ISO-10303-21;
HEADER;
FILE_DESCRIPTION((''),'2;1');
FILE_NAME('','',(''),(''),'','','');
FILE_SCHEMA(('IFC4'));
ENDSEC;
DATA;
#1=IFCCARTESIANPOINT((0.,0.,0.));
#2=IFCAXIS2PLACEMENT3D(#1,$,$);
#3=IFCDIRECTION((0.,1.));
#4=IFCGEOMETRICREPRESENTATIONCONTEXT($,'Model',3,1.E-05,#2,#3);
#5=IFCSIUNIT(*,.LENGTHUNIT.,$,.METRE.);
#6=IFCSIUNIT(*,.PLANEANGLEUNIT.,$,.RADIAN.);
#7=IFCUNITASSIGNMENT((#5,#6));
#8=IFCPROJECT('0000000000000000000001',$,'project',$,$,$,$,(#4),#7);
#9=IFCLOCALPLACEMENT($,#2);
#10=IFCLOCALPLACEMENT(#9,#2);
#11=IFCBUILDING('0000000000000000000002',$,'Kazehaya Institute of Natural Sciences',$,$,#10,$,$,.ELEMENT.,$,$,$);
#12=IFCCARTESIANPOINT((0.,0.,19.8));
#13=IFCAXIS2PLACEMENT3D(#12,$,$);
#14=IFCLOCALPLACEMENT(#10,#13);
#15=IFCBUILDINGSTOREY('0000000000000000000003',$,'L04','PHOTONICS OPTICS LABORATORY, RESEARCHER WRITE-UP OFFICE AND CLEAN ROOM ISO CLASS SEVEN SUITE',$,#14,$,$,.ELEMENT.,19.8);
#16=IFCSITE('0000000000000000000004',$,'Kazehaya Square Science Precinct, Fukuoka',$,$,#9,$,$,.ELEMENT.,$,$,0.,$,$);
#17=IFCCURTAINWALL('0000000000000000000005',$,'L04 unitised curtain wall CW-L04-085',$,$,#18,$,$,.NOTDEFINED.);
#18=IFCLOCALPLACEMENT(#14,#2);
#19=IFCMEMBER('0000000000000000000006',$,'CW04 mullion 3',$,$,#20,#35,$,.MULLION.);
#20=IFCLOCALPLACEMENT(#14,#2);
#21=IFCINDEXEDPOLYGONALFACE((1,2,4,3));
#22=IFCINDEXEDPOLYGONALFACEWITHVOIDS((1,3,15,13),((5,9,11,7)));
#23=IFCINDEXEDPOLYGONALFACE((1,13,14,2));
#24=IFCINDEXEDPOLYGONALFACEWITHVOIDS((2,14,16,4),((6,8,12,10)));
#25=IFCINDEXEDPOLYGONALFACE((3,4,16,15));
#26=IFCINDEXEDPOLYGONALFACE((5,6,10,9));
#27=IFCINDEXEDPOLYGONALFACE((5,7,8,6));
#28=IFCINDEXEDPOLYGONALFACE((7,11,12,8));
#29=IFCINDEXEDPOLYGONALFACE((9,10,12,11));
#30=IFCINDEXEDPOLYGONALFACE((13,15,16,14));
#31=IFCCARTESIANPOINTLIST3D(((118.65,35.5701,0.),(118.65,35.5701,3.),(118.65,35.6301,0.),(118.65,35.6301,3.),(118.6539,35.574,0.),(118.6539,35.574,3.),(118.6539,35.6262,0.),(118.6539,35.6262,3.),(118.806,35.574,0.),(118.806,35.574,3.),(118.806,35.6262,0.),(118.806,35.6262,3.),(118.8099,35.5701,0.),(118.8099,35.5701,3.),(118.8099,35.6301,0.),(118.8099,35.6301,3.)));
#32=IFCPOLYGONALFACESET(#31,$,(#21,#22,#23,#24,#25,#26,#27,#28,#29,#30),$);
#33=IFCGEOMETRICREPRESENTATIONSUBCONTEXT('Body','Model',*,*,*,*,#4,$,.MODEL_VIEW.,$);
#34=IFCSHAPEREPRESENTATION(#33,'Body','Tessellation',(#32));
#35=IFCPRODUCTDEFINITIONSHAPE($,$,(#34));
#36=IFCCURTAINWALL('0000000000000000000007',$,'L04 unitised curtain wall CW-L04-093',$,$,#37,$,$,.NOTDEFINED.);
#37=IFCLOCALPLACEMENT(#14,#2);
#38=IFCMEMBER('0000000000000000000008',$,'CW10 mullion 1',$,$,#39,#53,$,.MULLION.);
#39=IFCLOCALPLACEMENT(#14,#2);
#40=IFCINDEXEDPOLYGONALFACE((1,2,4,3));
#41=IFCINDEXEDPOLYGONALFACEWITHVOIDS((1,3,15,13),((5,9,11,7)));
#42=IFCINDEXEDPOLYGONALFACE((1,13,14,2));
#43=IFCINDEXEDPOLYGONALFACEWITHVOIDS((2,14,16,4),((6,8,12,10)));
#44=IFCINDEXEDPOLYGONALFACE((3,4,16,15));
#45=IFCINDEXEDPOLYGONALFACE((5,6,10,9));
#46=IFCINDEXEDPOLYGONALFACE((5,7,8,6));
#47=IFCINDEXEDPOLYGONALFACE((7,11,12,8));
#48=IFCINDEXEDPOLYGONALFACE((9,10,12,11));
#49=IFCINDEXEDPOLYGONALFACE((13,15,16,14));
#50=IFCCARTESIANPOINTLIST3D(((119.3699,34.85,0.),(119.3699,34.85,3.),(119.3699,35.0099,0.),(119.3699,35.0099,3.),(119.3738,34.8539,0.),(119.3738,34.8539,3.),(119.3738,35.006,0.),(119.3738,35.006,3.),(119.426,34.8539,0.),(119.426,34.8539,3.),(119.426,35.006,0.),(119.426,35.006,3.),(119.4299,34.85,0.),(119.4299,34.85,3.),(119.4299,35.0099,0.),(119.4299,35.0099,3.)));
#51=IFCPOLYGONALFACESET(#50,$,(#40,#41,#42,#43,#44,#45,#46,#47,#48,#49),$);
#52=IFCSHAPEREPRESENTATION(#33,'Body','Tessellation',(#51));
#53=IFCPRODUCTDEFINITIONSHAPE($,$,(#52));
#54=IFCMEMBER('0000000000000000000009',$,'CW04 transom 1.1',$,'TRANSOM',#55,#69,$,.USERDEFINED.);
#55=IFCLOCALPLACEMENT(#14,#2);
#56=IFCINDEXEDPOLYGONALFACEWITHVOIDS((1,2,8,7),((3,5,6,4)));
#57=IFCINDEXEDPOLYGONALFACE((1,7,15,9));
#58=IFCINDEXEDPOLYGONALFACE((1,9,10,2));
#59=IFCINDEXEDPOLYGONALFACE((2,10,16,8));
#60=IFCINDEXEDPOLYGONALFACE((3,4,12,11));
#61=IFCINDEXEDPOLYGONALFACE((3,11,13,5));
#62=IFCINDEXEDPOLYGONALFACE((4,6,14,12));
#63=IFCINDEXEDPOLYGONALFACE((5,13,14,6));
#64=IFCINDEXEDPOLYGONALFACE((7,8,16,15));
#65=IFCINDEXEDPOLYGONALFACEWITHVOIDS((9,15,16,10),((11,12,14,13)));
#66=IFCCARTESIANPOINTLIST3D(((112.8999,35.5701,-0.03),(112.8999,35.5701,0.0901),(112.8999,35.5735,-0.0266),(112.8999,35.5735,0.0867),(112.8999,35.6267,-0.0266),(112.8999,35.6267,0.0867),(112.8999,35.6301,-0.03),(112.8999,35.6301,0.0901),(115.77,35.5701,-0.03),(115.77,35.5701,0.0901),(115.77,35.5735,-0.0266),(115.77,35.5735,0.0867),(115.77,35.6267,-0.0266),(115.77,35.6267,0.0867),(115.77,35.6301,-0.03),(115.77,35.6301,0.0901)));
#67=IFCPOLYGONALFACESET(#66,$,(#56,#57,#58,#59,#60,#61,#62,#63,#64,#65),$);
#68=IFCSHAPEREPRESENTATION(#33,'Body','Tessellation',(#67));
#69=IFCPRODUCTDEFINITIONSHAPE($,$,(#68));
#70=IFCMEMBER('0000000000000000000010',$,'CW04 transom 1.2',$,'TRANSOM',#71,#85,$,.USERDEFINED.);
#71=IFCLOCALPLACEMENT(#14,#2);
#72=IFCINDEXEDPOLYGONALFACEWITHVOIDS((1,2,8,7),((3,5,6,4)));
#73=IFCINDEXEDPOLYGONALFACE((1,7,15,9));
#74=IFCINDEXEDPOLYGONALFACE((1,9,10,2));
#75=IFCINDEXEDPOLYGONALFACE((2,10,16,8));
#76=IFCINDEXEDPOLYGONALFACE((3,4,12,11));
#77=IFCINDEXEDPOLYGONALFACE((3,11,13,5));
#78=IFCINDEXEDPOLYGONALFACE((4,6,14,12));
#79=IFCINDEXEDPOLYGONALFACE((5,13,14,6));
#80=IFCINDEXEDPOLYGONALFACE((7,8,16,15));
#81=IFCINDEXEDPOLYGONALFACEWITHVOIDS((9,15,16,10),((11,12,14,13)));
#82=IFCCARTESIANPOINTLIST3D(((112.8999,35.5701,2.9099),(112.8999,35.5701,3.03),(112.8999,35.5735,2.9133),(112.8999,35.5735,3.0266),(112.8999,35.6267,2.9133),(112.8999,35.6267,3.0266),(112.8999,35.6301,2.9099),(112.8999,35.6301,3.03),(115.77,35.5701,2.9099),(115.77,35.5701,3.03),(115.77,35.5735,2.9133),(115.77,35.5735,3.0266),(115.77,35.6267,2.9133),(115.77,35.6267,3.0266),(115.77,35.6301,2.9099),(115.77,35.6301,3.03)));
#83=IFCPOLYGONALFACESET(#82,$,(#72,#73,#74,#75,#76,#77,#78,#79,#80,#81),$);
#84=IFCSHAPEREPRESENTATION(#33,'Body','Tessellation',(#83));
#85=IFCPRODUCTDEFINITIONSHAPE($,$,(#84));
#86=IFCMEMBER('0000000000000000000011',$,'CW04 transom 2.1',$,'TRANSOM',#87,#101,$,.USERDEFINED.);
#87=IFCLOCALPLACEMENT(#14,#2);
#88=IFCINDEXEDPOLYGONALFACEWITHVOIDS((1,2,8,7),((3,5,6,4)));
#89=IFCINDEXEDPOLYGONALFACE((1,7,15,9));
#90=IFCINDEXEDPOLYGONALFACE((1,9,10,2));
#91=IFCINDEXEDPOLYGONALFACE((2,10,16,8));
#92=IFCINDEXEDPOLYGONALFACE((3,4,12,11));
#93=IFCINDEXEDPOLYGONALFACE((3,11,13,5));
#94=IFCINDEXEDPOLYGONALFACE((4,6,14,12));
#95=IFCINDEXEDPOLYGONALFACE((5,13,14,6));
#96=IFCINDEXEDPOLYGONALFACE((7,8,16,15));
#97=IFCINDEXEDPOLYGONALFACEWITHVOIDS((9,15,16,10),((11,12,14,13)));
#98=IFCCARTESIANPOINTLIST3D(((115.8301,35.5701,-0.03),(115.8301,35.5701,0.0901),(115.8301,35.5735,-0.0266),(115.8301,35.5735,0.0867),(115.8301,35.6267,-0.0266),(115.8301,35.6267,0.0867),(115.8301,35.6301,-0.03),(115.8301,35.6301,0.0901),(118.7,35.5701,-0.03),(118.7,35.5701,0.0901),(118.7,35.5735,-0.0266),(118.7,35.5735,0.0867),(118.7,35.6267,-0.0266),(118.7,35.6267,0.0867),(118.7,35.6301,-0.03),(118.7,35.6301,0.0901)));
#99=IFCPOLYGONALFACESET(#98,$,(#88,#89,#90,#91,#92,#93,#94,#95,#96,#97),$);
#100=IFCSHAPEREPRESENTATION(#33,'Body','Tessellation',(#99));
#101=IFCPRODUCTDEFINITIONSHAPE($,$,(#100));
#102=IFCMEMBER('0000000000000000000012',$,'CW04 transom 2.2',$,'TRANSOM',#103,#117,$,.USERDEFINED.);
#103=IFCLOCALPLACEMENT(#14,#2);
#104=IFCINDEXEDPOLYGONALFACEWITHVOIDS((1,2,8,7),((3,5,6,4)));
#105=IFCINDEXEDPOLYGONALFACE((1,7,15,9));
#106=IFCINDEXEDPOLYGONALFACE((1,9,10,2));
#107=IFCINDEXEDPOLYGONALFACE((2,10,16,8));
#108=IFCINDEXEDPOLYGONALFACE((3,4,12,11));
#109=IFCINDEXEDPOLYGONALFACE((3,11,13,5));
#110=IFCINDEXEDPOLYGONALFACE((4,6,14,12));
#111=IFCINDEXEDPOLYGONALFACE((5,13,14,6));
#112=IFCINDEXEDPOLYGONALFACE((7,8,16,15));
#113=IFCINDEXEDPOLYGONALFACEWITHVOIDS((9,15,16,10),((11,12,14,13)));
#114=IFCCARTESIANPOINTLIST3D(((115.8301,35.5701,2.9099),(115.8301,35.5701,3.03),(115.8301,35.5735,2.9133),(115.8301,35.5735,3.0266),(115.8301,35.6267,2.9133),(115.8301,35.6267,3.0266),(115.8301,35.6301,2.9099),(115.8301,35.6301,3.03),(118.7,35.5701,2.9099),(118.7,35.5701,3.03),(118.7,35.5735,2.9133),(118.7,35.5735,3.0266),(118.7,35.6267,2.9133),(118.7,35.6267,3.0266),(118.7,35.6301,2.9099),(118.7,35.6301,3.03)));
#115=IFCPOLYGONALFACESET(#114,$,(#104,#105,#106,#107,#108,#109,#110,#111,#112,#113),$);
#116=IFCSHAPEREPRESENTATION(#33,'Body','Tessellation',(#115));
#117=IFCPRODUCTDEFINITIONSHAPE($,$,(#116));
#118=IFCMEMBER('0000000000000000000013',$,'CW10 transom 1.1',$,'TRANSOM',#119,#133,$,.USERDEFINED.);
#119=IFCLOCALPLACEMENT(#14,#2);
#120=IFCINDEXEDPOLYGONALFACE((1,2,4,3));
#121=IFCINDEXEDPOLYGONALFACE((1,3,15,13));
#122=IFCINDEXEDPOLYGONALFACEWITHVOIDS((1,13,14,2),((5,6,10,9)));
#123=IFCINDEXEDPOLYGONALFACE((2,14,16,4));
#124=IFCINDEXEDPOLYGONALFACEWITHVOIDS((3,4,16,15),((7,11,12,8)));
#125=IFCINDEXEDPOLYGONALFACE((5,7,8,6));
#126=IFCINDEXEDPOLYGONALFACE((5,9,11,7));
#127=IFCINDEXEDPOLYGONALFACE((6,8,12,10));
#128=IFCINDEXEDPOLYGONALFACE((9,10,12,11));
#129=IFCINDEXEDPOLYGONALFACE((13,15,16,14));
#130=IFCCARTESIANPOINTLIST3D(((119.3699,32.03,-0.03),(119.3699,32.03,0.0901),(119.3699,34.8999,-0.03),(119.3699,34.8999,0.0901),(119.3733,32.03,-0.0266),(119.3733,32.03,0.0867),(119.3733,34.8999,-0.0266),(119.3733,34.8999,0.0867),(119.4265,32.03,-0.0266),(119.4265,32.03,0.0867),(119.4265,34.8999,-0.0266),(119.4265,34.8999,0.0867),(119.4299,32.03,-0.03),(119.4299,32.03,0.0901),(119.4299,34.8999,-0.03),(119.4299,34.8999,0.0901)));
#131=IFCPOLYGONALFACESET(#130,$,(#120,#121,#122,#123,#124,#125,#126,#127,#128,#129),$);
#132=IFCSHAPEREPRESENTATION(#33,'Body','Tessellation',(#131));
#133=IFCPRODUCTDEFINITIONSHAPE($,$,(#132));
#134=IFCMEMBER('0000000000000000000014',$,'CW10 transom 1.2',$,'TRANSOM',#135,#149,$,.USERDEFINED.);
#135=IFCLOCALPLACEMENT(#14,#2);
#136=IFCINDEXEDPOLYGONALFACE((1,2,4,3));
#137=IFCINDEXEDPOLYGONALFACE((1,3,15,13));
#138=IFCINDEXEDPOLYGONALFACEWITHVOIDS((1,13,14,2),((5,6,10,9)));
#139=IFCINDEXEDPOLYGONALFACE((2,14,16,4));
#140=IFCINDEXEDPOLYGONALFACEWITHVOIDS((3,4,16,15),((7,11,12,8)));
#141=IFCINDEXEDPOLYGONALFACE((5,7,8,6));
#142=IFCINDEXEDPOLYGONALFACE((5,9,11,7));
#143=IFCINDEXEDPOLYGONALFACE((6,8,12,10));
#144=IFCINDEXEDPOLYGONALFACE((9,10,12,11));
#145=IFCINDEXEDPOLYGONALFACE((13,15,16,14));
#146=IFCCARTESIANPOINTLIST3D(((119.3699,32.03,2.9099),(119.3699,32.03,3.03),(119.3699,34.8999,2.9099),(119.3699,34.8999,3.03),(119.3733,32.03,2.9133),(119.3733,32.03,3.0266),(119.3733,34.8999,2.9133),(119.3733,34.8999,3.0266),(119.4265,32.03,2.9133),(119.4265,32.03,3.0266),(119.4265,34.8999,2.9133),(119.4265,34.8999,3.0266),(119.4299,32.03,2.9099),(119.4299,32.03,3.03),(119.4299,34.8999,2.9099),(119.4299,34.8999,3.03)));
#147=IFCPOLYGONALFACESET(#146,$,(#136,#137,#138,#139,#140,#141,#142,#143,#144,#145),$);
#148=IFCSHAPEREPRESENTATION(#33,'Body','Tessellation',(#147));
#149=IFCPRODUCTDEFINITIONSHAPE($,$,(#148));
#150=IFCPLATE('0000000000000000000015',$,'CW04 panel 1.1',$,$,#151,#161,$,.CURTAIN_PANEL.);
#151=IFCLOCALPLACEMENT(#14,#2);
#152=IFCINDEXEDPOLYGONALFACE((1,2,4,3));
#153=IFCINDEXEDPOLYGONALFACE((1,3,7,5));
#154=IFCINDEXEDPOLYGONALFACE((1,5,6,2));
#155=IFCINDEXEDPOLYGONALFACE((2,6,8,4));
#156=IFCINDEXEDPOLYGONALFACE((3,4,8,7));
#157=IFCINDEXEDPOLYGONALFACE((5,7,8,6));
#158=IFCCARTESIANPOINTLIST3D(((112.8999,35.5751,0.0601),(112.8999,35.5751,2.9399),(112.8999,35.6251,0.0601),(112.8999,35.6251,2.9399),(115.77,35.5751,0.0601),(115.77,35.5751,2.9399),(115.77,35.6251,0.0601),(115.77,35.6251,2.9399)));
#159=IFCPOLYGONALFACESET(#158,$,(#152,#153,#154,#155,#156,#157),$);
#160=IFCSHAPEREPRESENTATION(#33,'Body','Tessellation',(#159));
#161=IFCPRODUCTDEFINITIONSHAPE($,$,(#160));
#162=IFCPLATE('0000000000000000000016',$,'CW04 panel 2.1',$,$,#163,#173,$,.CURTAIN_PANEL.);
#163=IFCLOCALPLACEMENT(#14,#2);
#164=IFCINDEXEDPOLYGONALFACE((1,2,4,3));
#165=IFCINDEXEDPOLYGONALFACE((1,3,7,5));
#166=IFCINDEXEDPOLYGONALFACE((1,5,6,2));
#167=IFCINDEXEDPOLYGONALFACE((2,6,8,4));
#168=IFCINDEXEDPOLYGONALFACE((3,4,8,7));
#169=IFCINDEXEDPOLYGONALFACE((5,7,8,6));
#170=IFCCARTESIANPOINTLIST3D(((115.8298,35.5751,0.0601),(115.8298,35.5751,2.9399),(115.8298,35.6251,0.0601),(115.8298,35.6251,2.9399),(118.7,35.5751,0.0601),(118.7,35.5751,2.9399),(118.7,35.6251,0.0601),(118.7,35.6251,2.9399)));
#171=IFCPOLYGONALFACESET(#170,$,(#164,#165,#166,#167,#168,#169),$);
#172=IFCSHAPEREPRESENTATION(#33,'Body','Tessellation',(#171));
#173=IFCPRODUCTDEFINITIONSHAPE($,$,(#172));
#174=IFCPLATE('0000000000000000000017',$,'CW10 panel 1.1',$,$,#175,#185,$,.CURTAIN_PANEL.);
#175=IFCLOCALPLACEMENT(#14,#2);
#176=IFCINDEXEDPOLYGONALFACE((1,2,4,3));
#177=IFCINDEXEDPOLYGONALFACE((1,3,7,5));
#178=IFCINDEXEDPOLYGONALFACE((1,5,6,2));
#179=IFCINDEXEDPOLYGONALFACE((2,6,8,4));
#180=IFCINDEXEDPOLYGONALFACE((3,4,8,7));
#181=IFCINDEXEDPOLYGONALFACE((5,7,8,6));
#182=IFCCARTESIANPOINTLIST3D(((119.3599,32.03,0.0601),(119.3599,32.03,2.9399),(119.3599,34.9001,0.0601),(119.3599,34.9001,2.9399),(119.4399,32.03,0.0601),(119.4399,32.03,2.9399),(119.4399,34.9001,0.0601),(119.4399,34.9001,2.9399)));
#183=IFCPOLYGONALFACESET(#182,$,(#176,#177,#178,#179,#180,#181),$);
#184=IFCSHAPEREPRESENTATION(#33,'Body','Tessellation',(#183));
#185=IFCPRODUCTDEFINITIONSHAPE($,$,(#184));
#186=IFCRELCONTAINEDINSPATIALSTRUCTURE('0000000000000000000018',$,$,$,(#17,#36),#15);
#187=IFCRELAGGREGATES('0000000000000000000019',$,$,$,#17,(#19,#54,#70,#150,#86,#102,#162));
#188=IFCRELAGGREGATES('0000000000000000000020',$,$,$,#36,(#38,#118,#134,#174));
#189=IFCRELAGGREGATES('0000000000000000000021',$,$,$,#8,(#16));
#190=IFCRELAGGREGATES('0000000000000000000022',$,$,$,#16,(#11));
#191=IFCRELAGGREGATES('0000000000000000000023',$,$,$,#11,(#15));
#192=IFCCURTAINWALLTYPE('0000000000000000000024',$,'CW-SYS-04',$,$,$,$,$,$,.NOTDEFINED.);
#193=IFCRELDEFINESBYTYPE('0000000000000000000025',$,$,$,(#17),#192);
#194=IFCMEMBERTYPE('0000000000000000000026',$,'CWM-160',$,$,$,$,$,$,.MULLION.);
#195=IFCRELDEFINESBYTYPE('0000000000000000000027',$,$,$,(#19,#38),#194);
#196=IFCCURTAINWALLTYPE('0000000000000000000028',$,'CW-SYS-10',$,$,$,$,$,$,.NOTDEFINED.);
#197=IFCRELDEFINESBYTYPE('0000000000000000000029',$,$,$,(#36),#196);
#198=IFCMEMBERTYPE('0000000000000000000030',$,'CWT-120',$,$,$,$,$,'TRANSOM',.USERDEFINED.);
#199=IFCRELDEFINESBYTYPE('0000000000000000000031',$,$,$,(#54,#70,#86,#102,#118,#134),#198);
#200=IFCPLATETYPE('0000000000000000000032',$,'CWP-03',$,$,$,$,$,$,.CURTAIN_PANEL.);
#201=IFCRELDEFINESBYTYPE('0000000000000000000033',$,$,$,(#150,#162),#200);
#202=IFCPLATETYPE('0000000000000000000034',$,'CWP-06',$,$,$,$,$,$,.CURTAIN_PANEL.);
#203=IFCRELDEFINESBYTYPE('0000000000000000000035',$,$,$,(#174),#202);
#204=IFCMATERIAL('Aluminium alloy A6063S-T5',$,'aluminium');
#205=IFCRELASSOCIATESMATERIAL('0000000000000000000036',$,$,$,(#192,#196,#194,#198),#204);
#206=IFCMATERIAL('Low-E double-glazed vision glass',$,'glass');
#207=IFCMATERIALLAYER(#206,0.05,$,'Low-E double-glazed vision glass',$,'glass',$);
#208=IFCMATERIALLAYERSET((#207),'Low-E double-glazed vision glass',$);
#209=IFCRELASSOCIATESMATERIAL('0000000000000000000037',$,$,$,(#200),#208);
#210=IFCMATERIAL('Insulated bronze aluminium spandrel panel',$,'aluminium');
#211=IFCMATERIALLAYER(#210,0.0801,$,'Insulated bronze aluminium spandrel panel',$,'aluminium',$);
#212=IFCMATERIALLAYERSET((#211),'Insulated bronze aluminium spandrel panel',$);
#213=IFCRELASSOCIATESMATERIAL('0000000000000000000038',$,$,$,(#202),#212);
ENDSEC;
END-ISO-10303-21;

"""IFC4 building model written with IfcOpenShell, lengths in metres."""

from ifc_helpers import new_model, si_unit, direction, frame, origin, origin_2d, place, context, subcontext, project, spatial, rectangle, hollow_rectangle, extrude, material, layer, layer_set, material_profile, profile_set, type_object, element, aggregate, save


model = new_model("IFC4")

# Units and contexts
model_context = context("Model", 3, precision=1e-05, world=origin(), true_north=direction((0.0, 1.0)))
body_context = subcontext(model_context, "Body", "Model", "MODEL_VIEW")
ifc_project = project(units=[si_unit("LENGTHUNIT", "METRE"), si_unit("PLANEANGLEUNIT", "RADIAN")], contexts=[model_context])

# Site, building, storey
site_placement = place(None, origin())
site = spatial("IfcSite", under=ifc_project, at=site_placement, Name="Kazehaya Square Science Precinct, Fukuoka", CompositionType="ELEMENT", RefElevation=0.0)
building_placement = place(site_placement, origin())
building = spatial("IfcBuilding", under=site, at=building_placement, Name="Kazehaya Institute of Natural Sciences", CompositionType="ELEMENT")
storey_placement = place(building_placement, frame((0.0, 0.0, 19.8)))
storey = spatial("IfcBuildingStorey", under=building, at=storey_placement, Name="L04", Description="PHOTONICS OPTICS LABORATORY, RESEARCHER WRITE-UP OFFICE AND CLEAN ROOM ISO CLASS SEVEN SUITE", CompositionType="ELEMENT", Elevation=19.8)

# Curtain wall, member
ifc_material_1 = material(Name="Aluminium alloy A6063S-T5", Category="aluminium")
curtain_wall_type_1 = type_object("IfcCurtainWallType", Name="CW-SYS-04", PredefinedType="NOTDEFINED", material=ifc_material_1)
curtain_wall_1_placement = place(storey_placement, origin())
curtain_wall_1 = element("IfcCurtainWall", 1, at=curtain_wall_1_placement, inside=storey, type_object=curtain_wall_type_1, Name="L04 unitised curtain wall CW-L04-085", PredefinedType="NOTDEFINED")
ifc_material_profile_1 = material_profile(ifc_material_1, hollow_rectangle(XDim=0.0601, YDim=0.1599, WallThickness=0.0039, at=origin_2d()), Name="ALU-60x160x4")
ifc_profile_set_1 = profile_set([ifc_material_profile_1], Name="Aluminium alloy A6063S-T5")
member_type_1 = type_object("IfcMemberType", Name="CWM-160", PredefinedType="MULLION", material=ifc_profile_set_1)
member_1_placement = place(storey_placement, frame((118.73, 35.6001, 0.0), z_axis=(0.0, 0.0, 1.0), x_axis=(0.0, 1.0, 0.0)))
member_1 = element("IfcMember", 2, at=member_1_placement, type_object=member_type_1, Name="CW04 mullion 3", PredefinedType="MULLION", context=body_context, shape_type="SweptSolid", body=[
    extrude(hollow_rectangle(XDim=0.0601, YDim=0.1599, WallThickness=0.0039, at=origin_2d()), origin(), (0.0, 0.0, 1.0), 3.0),
])

# Curtain wall, member
curtain_wall_type_2 = type_object("IfcCurtainWallType", Name="CW-SYS-10", PredefinedType="NOTDEFINED", material=ifc_material_1)
curtain_wall_2_placement = place(storey_placement, origin())
curtain_wall_2 = element("IfcCurtainWall", 3, at=curtain_wall_2_placement, inside=storey, type_object=curtain_wall_type_2, Name="L04 unitised curtain wall CW-L04-093", PredefinedType="NOTDEFINED")
member_2_placement = place(storey_placement, frame((119.3999, 34.9299, 0.0), z_axis=(0.0, 0.0, 1.0), x_axis=(1.0, 0.0, 0.0)))
member_2 = element("IfcMember", 4, at=member_2_placement, type_object=member_type_1, Name="CW10 mullion 1", PredefinedType="MULLION", context=body_context, shape_type="SweptSolid", body=[
    extrude(hollow_rectangle(XDim=0.0601, YDim=0.1599, WallThickness=0.0039, at=origin_2d()), origin(), (0.0, 0.0, 1.0), 3.0),
])

# Members
ifc_material_profile_2 = material_profile(ifc_material_1, hollow_rectangle(XDim=0.0601, YDim=0.1201, WallThickness=0.0034, at=origin_2d()), Name="ALU-60x120x3.5")
ifc_profile_set_2 = profile_set([ifc_material_profile_2], Name="Aluminium alloy A6063S-T5")
member_type_2 = type_object("IfcMemberType", Name="CWT-120", ElementType="TRANSOM", PredefinedType="USERDEFINED", material=ifc_profile_set_2)
member_3_placement = place(storey_placement, frame((112.8999, 35.6001, 0.03), z_axis=(1.0, 0.0, 0.0), x_axis=(0.0, 1.0, 0.0)))
member_3 = element("IfcMember", 5, at=member_3_placement, type_object=member_type_2, Name="CW04 transom 1.1", ObjectType="TRANSOM", PredefinedType="USERDEFINED", context=body_context, shape_type="SweptSolid", body=[
    extrude(hollow_rectangle(XDim=0.0601, YDim=0.1201, WallThickness=0.0034, at=origin_2d()), origin(), (0.0, 0.0, 1.0), 2.8701),
])
member_4_placement = place(storey_placement, frame((112.8999, 35.6001, 2.97), z_axis=(1.0, 0.0, 0.0), x_axis=(0.0, 1.0, 0.0)))
member_4 = element("IfcMember", 6, at=member_4_placement, type_object=member_type_2, Name="CW04 transom 1.2", ObjectType="TRANSOM", PredefinedType="USERDEFINED", context=body_context, shape_type="SweptSolid", body=[
    extrude(hollow_rectangle(XDim=0.0601, YDim=0.1201, WallThickness=0.0034, at=origin_2d()), origin(), (0.0, 0.0, 1.0), 2.8701),
])
member_5_placement = place(storey_placement, frame((115.8301, 35.6001, 0.03), z_axis=(1.0, 0.0, 0.0), x_axis=(0.0, 1.0, 0.0)))
member_5 = element("IfcMember", 7, at=member_5_placement, type_object=member_type_2, Name="CW04 transom 2.1", ObjectType="TRANSOM", PredefinedType="USERDEFINED", context=body_context, shape_type="SweptSolid", body=[
    extrude(hollow_rectangle(XDim=0.0601, YDim=0.1201, WallThickness=0.0034, at=origin_2d()), origin(), (0.0, 0.0, 1.0), 2.8699),
])
member_6_placement = place(storey_placement, frame((115.8301, 35.6001, 2.97), z_axis=(1.0, 0.0, 0.0), x_axis=(0.0, 1.0, 0.0)))
member_6 = element("IfcMember", 8, at=member_6_placement, type_object=member_type_2, Name="CW04 transom 2.2", ObjectType="TRANSOM", PredefinedType="USERDEFINED", context=body_context, shape_type="SweptSolid", body=[
    extrude(hollow_rectangle(XDim=0.0601, YDim=0.1201, WallThickness=0.0034, at=origin_2d()), origin(), (0.0, 0.0, 1.0), 2.8699),
])
member_7_placement = place(storey_placement, frame((119.3999, 34.8999, 0.03), z_axis=(0.0, -1.0, 0.0), x_axis=(1.0, 0.0, 0.0)))
member_7 = element("IfcMember", 9, at=member_7_placement, type_object=member_type_2, Name="CW10 transom 1.1", ObjectType="TRANSOM", PredefinedType="USERDEFINED", context=body_context, shape_type="SweptSolid", body=[
    extrude(hollow_rectangle(XDim=0.0601, YDim=0.1201, WallThickness=0.0034, at=origin_2d()), origin(), (0.0, 0.0, 1.0), 2.8699),
])
member_8_placement = place(storey_placement, frame((119.3999, 34.8999, 2.97), z_axis=(0.0, -1.0, 0.0), x_axis=(1.0, 0.0, 0.0)))
member_8 = element("IfcMember", 10, at=member_8_placement, type_object=member_type_2, Name="CW10 transom 1.2", ObjectType="TRANSOM", PredefinedType="USERDEFINED", context=body_context, shape_type="SweptSolid", body=[
    extrude(hollow_rectangle(XDim=0.0601, YDim=0.1201, WallThickness=0.0034, at=origin_2d()), origin(), (0.0, 0.0, 1.0), 2.8699),
])

# Plates
ifc_material_2 = material(Name="Low-E double-glazed vision glass", Category="glass")
ifc_layer_1 = layer(ifc_material_2, 0.05, Name="Low-E double-glazed vision glass", Category="glass")
ifc_layer_set_1 = layer_set([ifc_layer_1], Name="Low-E double-glazed vision glass")
plate_type_1 = type_object("IfcPlateType", Name="CWP-03", PredefinedType="CURTAIN_PANEL", material=ifc_layer_set_1)
plate_1_placement = place(storey_placement, frame((114.335, 35.6001, 0.0601), z_axis=(0.0, 0.0, 1.0), x_axis=(1.0, 0.0, 0.0)))
plate_1 = element("IfcPlate", 11, at=plate_1_placement, type_object=plate_type_1, Name="CW04 panel 1.1", PredefinedType="CURTAIN_PANEL", context=body_context, shape_type="SweptSolid", body=[
    extrude(rectangle(XDim=2.8701, YDim=0.05, at=origin_2d()), origin(), (0.0, 0.0, 1.0), 2.8799),
])
plate_2_placement = place(storey_placement, frame((117.2649, 35.6001, 0.0601), z_axis=(0.0, 0.0, 1.0), x_axis=(1.0, 0.0, 0.0)))
plate_2 = element("IfcPlate", 12, at=plate_2_placement, type_object=plate_type_1, Name="CW04 panel 2.1", PredefinedType="CURTAIN_PANEL", context=body_context, shape_type="SweptSolid", body=[
    extrude(rectangle(XDim=2.8701, YDim=0.05, at=origin_2d()), origin(), (0.0, 0.0, 1.0), 2.8799),
])
aggregate(curtain_wall_1, [member_1, member_3, member_4, plate_1, member_5, member_6, plate_2])
ifc_material_3 = material(Name="Insulated bronze aluminium spandrel panel", Category="aluminium")
ifc_layer_2 = layer(ifc_material_3, 0.0801, Name="Insulated bronze aluminium spandrel panel", Category="aluminium")
ifc_layer_set_2 = layer_set([ifc_layer_2], Name="Insulated bronze aluminium spandrel panel")
plate_type_2 = type_object("IfcPlateType", Name="CWP-06", PredefinedType="CURTAIN_PANEL", material=ifc_layer_set_2)
plate_3_placement = place(storey_placement, frame((119.3999, 33.4651, 0.0601), z_axis=(0.0, 0.0, 1.0), x_axis=(0.0, -1.0, 0.0)))
plate_3 = element("IfcPlate", 13, at=plate_3_placement, type_object=plate_type_2, Name="CW10 panel 1.1", PredefinedType="CURTAIN_PANEL", context=body_context, shape_type="SweptSolid", body=[
    extrude(rectangle(XDim=2.8701, YDim=0.0801, at=origin_2d()), origin(), (0.0, 0.0, 1.0), 2.8799),
])
aggregate(curtain_wall_2, [member_2, member_7, member_8, plate_3])

save(model, "model.ifc")
